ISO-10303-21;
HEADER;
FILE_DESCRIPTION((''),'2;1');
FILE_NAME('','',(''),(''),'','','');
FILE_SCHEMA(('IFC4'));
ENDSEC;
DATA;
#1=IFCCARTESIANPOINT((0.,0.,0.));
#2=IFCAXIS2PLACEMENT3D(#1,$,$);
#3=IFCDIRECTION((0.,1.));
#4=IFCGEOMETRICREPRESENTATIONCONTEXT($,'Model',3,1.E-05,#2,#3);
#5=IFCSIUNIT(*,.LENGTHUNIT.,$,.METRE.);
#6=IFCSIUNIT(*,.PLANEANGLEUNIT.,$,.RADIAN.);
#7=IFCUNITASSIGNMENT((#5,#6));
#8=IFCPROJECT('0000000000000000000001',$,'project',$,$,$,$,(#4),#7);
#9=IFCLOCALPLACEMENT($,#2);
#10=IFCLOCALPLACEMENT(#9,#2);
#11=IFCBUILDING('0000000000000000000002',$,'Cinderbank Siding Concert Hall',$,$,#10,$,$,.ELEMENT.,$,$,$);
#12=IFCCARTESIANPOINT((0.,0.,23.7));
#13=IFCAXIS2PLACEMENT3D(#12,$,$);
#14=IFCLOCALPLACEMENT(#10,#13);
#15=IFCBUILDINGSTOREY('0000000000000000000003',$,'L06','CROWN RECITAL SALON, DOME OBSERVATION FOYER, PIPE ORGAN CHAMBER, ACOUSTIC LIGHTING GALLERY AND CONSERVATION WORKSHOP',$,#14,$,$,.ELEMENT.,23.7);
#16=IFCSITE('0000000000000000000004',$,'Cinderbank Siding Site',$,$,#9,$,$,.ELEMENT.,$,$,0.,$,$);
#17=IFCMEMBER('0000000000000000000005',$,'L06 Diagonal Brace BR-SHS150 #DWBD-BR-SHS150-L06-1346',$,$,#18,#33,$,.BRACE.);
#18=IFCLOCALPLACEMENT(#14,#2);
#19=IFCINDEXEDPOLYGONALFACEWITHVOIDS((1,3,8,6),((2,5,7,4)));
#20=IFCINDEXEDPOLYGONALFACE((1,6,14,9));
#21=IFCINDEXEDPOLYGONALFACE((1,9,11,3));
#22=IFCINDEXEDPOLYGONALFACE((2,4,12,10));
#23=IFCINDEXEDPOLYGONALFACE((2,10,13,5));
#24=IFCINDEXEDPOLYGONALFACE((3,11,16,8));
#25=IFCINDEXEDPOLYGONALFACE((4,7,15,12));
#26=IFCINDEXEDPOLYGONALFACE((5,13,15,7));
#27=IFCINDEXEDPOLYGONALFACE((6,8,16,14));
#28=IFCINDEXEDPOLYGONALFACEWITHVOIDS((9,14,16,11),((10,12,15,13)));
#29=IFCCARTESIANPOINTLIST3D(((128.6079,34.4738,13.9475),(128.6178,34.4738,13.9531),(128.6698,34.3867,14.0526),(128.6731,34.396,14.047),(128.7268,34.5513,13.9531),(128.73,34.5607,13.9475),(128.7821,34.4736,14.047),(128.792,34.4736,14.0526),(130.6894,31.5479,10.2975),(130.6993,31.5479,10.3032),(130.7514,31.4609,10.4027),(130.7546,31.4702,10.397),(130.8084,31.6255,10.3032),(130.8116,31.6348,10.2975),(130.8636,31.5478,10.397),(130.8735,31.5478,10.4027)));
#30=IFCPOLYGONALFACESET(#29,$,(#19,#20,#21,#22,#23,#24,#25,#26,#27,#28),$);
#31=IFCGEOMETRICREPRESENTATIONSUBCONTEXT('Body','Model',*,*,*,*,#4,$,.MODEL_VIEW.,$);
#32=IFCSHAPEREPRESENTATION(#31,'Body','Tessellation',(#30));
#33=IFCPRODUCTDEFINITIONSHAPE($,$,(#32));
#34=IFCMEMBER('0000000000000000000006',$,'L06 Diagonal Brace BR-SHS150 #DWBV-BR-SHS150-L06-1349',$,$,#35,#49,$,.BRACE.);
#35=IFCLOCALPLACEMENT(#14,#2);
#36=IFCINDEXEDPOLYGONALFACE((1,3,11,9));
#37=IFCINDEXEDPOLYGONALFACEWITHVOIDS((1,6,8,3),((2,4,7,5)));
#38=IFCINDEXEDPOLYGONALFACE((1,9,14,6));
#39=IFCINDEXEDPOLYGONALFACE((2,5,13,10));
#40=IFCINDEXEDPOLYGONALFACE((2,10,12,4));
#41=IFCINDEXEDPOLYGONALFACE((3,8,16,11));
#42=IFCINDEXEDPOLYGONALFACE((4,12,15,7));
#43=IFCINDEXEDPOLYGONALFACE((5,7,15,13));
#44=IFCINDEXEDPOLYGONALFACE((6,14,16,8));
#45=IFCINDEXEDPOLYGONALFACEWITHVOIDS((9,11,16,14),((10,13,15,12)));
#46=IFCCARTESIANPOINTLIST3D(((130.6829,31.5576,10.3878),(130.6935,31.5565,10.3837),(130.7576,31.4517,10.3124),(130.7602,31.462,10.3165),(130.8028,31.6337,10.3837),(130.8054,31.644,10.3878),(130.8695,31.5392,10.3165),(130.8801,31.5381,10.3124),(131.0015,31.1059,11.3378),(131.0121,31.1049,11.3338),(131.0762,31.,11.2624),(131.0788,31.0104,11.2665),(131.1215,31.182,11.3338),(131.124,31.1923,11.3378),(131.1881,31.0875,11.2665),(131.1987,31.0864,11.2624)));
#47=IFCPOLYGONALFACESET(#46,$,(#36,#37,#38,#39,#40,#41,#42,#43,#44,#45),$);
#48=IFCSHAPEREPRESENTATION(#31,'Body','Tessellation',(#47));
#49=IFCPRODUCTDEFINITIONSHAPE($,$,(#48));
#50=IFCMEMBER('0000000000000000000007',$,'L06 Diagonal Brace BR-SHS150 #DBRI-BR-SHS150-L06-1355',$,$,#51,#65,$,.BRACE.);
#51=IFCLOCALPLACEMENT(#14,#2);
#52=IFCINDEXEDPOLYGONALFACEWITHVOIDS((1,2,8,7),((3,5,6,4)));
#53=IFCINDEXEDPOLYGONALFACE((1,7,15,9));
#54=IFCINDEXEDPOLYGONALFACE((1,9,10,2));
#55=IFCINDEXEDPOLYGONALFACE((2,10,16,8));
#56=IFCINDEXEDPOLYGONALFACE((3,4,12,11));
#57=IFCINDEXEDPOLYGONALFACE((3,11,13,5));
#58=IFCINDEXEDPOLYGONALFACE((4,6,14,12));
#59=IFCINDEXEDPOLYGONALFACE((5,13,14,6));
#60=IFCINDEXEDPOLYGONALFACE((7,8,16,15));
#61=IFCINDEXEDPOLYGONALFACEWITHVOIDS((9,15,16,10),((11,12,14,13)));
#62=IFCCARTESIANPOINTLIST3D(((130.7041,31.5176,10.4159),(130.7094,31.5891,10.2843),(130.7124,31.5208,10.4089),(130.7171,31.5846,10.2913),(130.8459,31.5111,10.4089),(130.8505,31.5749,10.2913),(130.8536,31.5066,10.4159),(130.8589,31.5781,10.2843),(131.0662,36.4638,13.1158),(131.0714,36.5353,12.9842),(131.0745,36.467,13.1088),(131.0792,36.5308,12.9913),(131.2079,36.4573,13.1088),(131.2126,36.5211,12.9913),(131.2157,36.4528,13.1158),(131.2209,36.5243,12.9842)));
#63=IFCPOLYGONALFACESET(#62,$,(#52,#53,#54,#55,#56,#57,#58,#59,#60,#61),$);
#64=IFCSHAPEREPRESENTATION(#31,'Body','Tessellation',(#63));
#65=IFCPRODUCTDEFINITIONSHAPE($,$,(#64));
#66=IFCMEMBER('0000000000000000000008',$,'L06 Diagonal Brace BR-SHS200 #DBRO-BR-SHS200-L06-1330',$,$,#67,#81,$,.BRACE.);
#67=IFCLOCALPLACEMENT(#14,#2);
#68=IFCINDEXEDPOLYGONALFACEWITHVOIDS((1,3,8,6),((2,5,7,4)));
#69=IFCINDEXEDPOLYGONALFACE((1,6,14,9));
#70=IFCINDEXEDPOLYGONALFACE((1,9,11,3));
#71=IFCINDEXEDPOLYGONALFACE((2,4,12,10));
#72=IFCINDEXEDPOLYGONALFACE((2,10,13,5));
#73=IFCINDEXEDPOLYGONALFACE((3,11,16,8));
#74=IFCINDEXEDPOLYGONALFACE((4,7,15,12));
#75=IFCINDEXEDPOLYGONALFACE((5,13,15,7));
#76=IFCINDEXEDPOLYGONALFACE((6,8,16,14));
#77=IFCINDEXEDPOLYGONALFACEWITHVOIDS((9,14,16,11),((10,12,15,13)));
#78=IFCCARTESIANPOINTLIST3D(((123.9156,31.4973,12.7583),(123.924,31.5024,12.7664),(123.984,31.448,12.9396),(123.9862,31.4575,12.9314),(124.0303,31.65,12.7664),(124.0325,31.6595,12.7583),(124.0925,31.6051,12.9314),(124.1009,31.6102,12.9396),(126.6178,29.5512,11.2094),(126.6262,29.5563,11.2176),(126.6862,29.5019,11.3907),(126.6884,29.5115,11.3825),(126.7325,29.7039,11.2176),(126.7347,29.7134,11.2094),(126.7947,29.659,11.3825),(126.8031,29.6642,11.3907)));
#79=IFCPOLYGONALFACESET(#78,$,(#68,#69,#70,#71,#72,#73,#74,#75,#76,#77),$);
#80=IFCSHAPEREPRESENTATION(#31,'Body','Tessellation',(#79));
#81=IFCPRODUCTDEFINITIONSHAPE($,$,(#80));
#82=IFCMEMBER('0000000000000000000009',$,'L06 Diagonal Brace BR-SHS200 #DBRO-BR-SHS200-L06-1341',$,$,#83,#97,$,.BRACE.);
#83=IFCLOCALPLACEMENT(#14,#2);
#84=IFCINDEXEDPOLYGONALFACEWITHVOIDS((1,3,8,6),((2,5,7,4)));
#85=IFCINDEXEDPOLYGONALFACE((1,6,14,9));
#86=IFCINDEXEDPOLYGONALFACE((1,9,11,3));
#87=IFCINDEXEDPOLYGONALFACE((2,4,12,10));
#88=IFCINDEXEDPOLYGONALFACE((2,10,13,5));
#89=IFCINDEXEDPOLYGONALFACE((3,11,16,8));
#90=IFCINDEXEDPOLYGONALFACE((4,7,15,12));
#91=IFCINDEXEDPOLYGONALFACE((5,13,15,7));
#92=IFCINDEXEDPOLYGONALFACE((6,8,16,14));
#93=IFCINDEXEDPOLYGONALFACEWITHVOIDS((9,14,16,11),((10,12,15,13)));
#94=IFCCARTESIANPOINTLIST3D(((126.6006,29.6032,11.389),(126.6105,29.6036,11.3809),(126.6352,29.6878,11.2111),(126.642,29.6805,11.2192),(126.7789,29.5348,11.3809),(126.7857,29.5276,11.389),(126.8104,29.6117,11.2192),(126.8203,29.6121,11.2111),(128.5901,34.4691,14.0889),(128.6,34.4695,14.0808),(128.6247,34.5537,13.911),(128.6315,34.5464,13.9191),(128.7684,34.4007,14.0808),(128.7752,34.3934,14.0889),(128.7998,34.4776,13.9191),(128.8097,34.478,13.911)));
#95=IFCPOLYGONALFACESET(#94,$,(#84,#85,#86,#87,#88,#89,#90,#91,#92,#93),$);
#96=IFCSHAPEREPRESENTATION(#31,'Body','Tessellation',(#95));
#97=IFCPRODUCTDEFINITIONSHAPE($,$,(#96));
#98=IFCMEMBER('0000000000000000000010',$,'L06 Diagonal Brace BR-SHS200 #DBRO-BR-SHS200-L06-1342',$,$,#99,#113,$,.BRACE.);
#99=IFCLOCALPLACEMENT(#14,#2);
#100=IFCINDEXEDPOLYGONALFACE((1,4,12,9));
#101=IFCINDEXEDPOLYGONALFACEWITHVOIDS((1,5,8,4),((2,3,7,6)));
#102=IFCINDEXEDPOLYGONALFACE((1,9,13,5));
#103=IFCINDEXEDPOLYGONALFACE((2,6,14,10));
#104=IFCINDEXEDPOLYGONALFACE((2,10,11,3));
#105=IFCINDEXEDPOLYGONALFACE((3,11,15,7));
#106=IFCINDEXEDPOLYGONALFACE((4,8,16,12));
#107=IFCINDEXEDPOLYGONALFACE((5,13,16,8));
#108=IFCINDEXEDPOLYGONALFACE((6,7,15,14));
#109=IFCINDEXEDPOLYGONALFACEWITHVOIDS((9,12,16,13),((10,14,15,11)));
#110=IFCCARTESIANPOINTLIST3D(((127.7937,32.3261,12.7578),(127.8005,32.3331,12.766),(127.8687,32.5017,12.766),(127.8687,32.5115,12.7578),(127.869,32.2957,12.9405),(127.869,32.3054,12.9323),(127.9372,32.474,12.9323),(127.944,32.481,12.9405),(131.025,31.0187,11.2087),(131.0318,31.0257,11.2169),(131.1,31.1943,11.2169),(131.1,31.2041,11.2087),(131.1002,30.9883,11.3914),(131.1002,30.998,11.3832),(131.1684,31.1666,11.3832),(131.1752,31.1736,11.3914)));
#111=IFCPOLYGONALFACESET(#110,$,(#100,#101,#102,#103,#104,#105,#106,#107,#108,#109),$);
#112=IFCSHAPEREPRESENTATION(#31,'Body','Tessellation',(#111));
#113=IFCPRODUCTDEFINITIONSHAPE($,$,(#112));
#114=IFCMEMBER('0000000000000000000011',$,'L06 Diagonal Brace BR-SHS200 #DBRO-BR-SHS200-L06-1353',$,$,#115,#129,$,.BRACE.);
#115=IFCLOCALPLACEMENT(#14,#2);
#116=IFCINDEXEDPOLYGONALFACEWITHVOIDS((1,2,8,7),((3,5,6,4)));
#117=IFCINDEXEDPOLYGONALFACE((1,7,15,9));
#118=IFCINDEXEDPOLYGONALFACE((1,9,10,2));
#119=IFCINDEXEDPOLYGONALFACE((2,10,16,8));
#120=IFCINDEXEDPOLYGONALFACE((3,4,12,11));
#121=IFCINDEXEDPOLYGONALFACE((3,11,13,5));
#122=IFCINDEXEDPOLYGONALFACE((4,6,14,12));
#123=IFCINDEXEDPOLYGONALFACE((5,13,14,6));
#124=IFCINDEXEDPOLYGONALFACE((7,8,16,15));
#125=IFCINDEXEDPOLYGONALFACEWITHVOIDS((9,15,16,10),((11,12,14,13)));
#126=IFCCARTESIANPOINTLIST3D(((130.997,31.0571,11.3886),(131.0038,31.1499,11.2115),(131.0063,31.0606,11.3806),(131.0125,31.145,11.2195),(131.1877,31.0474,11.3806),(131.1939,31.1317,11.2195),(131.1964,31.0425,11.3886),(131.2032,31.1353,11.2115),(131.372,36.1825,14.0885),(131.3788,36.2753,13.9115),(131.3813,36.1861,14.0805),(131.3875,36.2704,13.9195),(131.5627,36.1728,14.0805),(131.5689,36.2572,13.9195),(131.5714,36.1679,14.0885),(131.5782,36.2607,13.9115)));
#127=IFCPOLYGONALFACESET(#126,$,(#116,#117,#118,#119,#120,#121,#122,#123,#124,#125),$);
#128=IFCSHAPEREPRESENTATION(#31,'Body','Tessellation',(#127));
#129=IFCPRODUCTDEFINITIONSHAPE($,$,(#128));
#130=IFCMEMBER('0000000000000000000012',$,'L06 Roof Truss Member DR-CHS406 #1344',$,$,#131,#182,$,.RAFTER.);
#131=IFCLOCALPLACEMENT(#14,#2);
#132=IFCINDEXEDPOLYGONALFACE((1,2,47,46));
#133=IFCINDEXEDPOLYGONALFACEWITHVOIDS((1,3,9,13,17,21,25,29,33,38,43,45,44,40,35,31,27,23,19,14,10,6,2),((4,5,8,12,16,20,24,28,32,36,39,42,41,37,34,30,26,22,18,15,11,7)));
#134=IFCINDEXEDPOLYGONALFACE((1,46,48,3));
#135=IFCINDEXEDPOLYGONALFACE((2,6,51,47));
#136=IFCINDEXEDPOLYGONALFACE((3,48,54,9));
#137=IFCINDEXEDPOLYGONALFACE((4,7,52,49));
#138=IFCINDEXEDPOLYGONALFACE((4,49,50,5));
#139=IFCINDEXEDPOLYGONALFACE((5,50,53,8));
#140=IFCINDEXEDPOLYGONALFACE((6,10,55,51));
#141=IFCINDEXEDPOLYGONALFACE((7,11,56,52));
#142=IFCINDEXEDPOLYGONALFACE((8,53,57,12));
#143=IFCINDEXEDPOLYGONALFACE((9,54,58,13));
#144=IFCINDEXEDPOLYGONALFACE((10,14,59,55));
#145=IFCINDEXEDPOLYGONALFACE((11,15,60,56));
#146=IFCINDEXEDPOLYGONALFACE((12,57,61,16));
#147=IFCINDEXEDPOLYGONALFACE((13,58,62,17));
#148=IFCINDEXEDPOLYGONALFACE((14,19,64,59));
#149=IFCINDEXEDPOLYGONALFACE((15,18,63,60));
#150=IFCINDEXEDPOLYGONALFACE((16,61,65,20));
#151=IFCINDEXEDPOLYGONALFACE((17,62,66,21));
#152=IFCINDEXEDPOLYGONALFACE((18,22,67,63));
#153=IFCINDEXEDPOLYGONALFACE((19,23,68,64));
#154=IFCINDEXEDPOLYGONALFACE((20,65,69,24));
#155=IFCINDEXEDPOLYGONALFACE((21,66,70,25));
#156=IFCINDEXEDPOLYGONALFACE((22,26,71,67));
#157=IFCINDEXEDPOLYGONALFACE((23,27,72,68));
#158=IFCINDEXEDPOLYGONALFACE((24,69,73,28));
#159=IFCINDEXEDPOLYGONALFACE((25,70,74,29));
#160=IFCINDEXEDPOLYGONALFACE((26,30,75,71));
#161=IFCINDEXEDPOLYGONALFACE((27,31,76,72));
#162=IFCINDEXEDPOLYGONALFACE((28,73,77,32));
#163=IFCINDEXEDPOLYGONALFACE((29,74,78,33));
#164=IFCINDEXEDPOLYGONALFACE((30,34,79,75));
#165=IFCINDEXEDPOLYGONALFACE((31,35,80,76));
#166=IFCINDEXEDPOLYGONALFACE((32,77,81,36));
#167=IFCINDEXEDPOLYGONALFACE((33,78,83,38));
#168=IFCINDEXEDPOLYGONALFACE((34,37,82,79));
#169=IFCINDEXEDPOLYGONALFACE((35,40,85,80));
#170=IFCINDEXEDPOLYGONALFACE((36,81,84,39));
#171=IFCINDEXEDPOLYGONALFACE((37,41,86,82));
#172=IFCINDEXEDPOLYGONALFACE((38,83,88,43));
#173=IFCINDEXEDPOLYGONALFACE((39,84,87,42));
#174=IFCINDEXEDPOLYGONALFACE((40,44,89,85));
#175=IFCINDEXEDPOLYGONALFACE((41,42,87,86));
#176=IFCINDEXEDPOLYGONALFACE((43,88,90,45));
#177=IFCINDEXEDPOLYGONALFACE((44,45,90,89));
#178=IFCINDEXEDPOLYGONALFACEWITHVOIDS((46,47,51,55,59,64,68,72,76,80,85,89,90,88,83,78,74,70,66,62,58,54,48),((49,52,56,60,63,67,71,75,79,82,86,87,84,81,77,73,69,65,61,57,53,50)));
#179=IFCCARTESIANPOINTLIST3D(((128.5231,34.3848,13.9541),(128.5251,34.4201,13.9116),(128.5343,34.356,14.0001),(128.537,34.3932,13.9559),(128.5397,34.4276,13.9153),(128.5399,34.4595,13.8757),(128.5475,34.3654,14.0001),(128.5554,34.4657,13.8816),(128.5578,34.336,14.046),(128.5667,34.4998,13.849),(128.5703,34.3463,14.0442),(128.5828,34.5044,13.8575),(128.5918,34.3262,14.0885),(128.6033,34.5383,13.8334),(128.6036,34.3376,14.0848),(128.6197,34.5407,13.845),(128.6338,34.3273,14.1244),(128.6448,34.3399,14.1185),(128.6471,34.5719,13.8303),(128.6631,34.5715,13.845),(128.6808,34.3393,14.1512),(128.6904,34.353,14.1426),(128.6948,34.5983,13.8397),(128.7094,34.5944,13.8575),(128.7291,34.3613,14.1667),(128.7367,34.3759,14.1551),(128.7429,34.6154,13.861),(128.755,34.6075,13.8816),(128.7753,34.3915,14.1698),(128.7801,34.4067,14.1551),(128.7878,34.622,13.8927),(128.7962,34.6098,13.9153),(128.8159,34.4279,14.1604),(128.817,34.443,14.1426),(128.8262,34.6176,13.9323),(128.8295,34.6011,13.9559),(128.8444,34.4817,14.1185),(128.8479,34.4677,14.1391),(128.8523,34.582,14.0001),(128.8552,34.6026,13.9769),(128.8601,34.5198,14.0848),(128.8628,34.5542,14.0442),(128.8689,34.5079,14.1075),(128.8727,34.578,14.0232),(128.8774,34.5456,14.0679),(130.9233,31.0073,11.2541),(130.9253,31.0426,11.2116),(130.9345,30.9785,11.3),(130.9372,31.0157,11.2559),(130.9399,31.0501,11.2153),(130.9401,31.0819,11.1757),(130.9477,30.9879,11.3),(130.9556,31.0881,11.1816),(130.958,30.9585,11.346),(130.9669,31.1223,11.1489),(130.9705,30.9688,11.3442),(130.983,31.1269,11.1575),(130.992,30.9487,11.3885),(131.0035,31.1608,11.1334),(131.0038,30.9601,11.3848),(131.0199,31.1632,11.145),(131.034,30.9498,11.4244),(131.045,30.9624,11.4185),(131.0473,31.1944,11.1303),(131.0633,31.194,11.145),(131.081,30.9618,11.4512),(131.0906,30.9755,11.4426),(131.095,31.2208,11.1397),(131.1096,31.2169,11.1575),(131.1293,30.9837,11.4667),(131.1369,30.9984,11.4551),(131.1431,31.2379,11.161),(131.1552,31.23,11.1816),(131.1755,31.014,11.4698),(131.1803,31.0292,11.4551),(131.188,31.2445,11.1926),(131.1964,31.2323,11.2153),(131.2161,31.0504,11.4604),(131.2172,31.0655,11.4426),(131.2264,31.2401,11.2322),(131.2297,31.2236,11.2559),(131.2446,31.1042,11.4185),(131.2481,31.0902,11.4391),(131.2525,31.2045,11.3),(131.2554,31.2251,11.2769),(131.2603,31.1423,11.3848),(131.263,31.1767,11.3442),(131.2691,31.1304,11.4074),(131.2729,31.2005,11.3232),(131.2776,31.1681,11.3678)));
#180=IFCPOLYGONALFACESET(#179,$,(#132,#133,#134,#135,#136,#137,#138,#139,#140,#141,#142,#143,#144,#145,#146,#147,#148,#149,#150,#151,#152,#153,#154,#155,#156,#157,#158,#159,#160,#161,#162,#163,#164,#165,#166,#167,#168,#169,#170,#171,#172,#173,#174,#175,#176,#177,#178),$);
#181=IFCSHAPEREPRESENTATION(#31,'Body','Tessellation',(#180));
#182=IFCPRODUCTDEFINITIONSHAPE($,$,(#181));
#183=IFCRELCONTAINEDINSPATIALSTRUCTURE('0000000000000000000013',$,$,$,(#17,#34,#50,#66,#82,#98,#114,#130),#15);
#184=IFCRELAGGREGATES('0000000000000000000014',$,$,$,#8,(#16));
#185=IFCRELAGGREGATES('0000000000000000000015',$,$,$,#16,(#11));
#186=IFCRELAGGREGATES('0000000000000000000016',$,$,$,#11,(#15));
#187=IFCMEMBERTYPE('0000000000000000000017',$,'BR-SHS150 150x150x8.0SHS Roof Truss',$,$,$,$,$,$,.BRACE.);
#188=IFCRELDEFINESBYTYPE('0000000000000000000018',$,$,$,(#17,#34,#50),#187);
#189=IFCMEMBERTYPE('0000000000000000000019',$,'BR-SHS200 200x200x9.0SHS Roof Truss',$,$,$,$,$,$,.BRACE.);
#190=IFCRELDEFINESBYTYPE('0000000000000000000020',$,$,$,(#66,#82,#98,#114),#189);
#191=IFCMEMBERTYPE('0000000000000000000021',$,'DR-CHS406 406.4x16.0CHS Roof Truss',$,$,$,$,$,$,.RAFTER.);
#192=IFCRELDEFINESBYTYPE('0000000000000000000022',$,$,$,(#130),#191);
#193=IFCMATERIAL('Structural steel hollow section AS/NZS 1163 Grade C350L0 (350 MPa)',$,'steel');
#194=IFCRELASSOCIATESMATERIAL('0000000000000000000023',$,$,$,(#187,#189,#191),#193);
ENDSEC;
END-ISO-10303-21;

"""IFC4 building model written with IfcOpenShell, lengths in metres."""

from ifc_helpers import new_model, si_unit, direction, frame, origin, origin_2d, place, context, subcontext, project, spatial, hollow_rectangle, hollow_circle, extrude, material, material_profile, profile_set, type_object, element, save


model = new_model("IFC4")

# Units and contexts
model_context = context("Model", 3, precision=1e-05, world=origin(), true_north=direction((0.0, 1.0)))
body_context = subcontext(model_context, "Body", "Model", "MODEL_VIEW")
ifc_project = project(units=[si_unit("LENGTHUNIT", "METRE"), si_unit("PLANEANGLEUNIT", "RADIAN")], contexts=[model_context])

# Site, building, storey
site_placement = place(None, origin())
site = spatial("IfcSite", under=ifc_project, at=site_placement, Name="Cinderbank Siding Site", CompositionType="ELEMENT", RefElevation=0.0)
building_placement = place(site_placement, origin())
building = spatial("IfcBuilding", under=site, at=building_placement, Name="Cinderbank Siding Concert Hall", CompositionType="ELEMENT")
storey_placement = place(building_placement, frame((0.0, 0.0, 23.7)))
storey = spatial("IfcBuildingStorey", under=building, at=storey_placement, Name="L06", Description="CROWN RECITAL SALON, DOME OBSERVATION FOYER, PIPE ORGAN CHAMBER, ACOUSTIC LIGHTING GALLERY AND CONSERVATION WORKSHOP", CompositionType="ELEMENT", Elevation=23.7)

# Members
ifc_material_1 = material(Name="Structural steel hollow section AS/NZS 1163 Grade C350L0 (350 MPa)", Category="steel")
ifc_material_profile_1 = material_profile(ifc_material_1, hollow_rectangle(XDim=0.1499, YDim=0.1499, WallThickness=0.0081, at=origin_2d()), Name="150x150x8.0SHS", Category="LoadBearing")
ifc_profile_set_1 = profile_set([ifc_material_profile_1], Name="Structural steel hollow section AS/NZS 1163 Grade C350L0 (350 MPa)")
member_type_1 = type_object("IfcMemberType", Name="BR-SHS150 150x150x8.0SHS Roof Truss", PredefinedType="BRACE", material=ifc_profile_set_1)
member_1_placement = place(storey_placement, frame((130.7815, 31.5479, 10.3501), z_axis=(-0.406548, 0.571437, 0.712866), x_axis=(-0.814825, -0.579706, 0.0)))
element("IfcMember", 1, at=member_1_placement, inside=storey, type_object=member_type_1, Name="L06 Diagonal Brace BR-SHS150 #DWBD-BR-SHS150-L06-1346", PredefinedType="BRACE", context=body_context, shape_type="SweptSolid", body=[
    extrude(hollow_rectangle(XDim=0.1499, YDim=0.1499, WallThickness=0.0081, at=origin_2d()), origin(), (0.0, 0.0, 1.0), 5.1201),
])
member_2_placement = place(storey_placement, frame((130.7815, 31.5479, 10.3501), z_axis=(0.28989, -0.410955, 0.864338), x_axis=(0.817151, 0.576423, 0.0)))
element("IfcMember", 2, at=member_2_placement, inside=storey, type_object=member_type_1, Name="L06 Diagonal Brace BR-SHS150 #DWBV-BR-SHS150-L06-1349", PredefinedType="BRACE", context=body_context, shape_type="SweptSolid", body=[
    extrude(hollow_rectangle(XDim=0.1499, YDim=0.1499, WallThickness=0.0081, at=origin_2d()), origin(), (0.0, 0.0, 1.0), 1.0991),
])
member_3_placement = place(storey_placement, frame((130.7815, 31.5479, 10.3501), z_axis=(0.064118, 0.875942, 0.478136), x_axis=(-0.997332, 0.073003, 0.0)))
element("IfcMember", 3, at=member_3_placement, inside=storey, type_object=member_type_1, Name="L06 Diagonal Brace BR-SHS150 #DBRI-BR-SHS150-L06-1355", PredefinedType="BRACE", context=body_context, shape_type="SweptSolid", body=[
    extrude(hollow_rectangle(XDim=0.1499, YDim=0.1499, WallThickness=0.0081, at=origin_2d()), origin(), (0.0, 0.0, 1.0), 5.6467),
])
ifc_material_profile_2 = material_profile(ifc_material_1, hollow_rectangle(XDim=0.2, YDim=0.2, WallThickness=0.009, at=origin_2d()), Name="200x200x9.0SHS", Category="LoadBearing")
ifc_profile_set_2 = profile_set([ifc_material_profile_2], Name="Structural steel hollow section AS/NZS 1163 Grade C350L0 (350 MPa)")
member_type_2 = type_object("IfcMemberType", Name="BR-SHS200 200x200x9.0SHS Roof Truss", PredefinedType="BRACE", material=ifc_profile_set_2)
member_4_placement = place(storey_placement, frame((126.7104, 29.6077, 11.3), z_axis=(-0.735771, 0.52989, 0.421732), x_axis=(-0.584403, -0.811463, 0.0)))
element("IfcMember", 4, at=member_4_placement, inside=storey, type_object=member_type_2, Name="L06 Diagonal Brace BR-SHS200 #DBRO-BR-SHS200-L06-1330", PredefinedType="BRACE", context=body_context, shape_type="SweptSolid", body=[
    extrude(hollow_rectangle(XDim=0.2, YDim=0.2, WallThickness=0.009, at=origin_2d()), origin(), (0.0, 0.0, 1.0), 3.6726),
])
member_5_placement = place(storey_placement, frame((126.7104, 29.6077, 11.3), z_axis=(0.336646, 0.823375, 0.456862), x_axis=(-0.925622, 0.37845, 0.0)))
element("IfcMember", 5, at=member_5_placement, inside=storey, type_object=member_type_2, Name="L06 Diagonal Brace BR-SHS200 #DBRO-BR-SHS200-L06-1341", PredefinedType="BRACE", context=body_context, shape_type="SweptSolid", body=[
    extrude(hollow_rectangle(XDim=0.2, YDim=0.2, WallThickness=0.009, at=origin_2d()), origin(), (0.0, 0.0, 1.0), 5.9097),
])
member_6_placement = place(storey_placement, frame((131.1001, 31.0962, 11.3), z_axis=(-0.84711, 0.342748, 0.406114), x_axis=(-0.375071, -0.926996, 0.0)))
element("IfcMember", 6, at=member_6_placement, inside=storey, type_object=member_type_2, Name="L06 Diagonal Brace BR-SHS200 #DBRO-BR-SHS200-L06-1342", PredefinedType="BRACE", context=body_context, shape_type="SweptSolid", body=[
    extrude(hollow_rectangle(XDim=0.2, YDim=0.2, WallThickness=0.009, at=origin_2d()), origin(), (0.0, 0.0, 1.0), 3.8145),
])
member_7_placement = place(storey_placement, frame((131.1001, 31.0962, 11.3), z_axis=(0.064597, 0.882905, 0.465087), x_axis=(-0.997334, 0.072969, 0.0)))
element("IfcMember", 7, at=member_7_placement, inside=storey, type_object=member_type_2, Name="L06 Diagonal Brace BR-SHS200 #DBRO-BR-SHS200-L06-1353", PredefinedType="BRACE", context=body_context, shape_type="SweptSolid", body=[
    extrude(hollow_rectangle(XDim=0.2, YDim=0.2, WallThickness=0.009, at=origin_2d()), origin(), (0.0, 0.0, 1.0), 5.8052),
])
ifc_material_profile_3 = material_profile(ifc_material_1, hollow_circle(Radius=0.2031, WallThickness=0.0161, at=origin_2d()), Name="406.4x16.0CHS", Category="LoadBearing")
ifc_profile_set_3 = profile_set([ifc_material_profile_3], Name="Structural steel hollow section AS/NZS 1163 Grade C350L0 (350 MPa)")
member_type_3 = type_object("IfcMemberType", Name="DR-CHS406 406.4x16.0CHS Roof Truss", PredefinedType="RAFTER", material=ifc_profile_set_3)
member_8_placement = place(storey_placement, frame((131.1001, 31.0962, 11.3), z_axis=(-0.485323, 0.682938, 0.545946), x_axis=(-0.815136, -0.579269, 0.0)))
element("IfcMember", 8, at=member_8_placement, inside=storey, type_object=member_type_3, Name="L06 Roof Truss Member DR-CHS406 #1344", PredefinedType="RAFTER", context=body_context, shape_type="SweptSolid", body=[
    extrude(hollow_circle(Radius=0.2031, WallThickness=0.0161, at=origin_2d()), origin(), (0.0, 0.0, 1.0), 4.9456),
])

save(model, "model.ifc")
